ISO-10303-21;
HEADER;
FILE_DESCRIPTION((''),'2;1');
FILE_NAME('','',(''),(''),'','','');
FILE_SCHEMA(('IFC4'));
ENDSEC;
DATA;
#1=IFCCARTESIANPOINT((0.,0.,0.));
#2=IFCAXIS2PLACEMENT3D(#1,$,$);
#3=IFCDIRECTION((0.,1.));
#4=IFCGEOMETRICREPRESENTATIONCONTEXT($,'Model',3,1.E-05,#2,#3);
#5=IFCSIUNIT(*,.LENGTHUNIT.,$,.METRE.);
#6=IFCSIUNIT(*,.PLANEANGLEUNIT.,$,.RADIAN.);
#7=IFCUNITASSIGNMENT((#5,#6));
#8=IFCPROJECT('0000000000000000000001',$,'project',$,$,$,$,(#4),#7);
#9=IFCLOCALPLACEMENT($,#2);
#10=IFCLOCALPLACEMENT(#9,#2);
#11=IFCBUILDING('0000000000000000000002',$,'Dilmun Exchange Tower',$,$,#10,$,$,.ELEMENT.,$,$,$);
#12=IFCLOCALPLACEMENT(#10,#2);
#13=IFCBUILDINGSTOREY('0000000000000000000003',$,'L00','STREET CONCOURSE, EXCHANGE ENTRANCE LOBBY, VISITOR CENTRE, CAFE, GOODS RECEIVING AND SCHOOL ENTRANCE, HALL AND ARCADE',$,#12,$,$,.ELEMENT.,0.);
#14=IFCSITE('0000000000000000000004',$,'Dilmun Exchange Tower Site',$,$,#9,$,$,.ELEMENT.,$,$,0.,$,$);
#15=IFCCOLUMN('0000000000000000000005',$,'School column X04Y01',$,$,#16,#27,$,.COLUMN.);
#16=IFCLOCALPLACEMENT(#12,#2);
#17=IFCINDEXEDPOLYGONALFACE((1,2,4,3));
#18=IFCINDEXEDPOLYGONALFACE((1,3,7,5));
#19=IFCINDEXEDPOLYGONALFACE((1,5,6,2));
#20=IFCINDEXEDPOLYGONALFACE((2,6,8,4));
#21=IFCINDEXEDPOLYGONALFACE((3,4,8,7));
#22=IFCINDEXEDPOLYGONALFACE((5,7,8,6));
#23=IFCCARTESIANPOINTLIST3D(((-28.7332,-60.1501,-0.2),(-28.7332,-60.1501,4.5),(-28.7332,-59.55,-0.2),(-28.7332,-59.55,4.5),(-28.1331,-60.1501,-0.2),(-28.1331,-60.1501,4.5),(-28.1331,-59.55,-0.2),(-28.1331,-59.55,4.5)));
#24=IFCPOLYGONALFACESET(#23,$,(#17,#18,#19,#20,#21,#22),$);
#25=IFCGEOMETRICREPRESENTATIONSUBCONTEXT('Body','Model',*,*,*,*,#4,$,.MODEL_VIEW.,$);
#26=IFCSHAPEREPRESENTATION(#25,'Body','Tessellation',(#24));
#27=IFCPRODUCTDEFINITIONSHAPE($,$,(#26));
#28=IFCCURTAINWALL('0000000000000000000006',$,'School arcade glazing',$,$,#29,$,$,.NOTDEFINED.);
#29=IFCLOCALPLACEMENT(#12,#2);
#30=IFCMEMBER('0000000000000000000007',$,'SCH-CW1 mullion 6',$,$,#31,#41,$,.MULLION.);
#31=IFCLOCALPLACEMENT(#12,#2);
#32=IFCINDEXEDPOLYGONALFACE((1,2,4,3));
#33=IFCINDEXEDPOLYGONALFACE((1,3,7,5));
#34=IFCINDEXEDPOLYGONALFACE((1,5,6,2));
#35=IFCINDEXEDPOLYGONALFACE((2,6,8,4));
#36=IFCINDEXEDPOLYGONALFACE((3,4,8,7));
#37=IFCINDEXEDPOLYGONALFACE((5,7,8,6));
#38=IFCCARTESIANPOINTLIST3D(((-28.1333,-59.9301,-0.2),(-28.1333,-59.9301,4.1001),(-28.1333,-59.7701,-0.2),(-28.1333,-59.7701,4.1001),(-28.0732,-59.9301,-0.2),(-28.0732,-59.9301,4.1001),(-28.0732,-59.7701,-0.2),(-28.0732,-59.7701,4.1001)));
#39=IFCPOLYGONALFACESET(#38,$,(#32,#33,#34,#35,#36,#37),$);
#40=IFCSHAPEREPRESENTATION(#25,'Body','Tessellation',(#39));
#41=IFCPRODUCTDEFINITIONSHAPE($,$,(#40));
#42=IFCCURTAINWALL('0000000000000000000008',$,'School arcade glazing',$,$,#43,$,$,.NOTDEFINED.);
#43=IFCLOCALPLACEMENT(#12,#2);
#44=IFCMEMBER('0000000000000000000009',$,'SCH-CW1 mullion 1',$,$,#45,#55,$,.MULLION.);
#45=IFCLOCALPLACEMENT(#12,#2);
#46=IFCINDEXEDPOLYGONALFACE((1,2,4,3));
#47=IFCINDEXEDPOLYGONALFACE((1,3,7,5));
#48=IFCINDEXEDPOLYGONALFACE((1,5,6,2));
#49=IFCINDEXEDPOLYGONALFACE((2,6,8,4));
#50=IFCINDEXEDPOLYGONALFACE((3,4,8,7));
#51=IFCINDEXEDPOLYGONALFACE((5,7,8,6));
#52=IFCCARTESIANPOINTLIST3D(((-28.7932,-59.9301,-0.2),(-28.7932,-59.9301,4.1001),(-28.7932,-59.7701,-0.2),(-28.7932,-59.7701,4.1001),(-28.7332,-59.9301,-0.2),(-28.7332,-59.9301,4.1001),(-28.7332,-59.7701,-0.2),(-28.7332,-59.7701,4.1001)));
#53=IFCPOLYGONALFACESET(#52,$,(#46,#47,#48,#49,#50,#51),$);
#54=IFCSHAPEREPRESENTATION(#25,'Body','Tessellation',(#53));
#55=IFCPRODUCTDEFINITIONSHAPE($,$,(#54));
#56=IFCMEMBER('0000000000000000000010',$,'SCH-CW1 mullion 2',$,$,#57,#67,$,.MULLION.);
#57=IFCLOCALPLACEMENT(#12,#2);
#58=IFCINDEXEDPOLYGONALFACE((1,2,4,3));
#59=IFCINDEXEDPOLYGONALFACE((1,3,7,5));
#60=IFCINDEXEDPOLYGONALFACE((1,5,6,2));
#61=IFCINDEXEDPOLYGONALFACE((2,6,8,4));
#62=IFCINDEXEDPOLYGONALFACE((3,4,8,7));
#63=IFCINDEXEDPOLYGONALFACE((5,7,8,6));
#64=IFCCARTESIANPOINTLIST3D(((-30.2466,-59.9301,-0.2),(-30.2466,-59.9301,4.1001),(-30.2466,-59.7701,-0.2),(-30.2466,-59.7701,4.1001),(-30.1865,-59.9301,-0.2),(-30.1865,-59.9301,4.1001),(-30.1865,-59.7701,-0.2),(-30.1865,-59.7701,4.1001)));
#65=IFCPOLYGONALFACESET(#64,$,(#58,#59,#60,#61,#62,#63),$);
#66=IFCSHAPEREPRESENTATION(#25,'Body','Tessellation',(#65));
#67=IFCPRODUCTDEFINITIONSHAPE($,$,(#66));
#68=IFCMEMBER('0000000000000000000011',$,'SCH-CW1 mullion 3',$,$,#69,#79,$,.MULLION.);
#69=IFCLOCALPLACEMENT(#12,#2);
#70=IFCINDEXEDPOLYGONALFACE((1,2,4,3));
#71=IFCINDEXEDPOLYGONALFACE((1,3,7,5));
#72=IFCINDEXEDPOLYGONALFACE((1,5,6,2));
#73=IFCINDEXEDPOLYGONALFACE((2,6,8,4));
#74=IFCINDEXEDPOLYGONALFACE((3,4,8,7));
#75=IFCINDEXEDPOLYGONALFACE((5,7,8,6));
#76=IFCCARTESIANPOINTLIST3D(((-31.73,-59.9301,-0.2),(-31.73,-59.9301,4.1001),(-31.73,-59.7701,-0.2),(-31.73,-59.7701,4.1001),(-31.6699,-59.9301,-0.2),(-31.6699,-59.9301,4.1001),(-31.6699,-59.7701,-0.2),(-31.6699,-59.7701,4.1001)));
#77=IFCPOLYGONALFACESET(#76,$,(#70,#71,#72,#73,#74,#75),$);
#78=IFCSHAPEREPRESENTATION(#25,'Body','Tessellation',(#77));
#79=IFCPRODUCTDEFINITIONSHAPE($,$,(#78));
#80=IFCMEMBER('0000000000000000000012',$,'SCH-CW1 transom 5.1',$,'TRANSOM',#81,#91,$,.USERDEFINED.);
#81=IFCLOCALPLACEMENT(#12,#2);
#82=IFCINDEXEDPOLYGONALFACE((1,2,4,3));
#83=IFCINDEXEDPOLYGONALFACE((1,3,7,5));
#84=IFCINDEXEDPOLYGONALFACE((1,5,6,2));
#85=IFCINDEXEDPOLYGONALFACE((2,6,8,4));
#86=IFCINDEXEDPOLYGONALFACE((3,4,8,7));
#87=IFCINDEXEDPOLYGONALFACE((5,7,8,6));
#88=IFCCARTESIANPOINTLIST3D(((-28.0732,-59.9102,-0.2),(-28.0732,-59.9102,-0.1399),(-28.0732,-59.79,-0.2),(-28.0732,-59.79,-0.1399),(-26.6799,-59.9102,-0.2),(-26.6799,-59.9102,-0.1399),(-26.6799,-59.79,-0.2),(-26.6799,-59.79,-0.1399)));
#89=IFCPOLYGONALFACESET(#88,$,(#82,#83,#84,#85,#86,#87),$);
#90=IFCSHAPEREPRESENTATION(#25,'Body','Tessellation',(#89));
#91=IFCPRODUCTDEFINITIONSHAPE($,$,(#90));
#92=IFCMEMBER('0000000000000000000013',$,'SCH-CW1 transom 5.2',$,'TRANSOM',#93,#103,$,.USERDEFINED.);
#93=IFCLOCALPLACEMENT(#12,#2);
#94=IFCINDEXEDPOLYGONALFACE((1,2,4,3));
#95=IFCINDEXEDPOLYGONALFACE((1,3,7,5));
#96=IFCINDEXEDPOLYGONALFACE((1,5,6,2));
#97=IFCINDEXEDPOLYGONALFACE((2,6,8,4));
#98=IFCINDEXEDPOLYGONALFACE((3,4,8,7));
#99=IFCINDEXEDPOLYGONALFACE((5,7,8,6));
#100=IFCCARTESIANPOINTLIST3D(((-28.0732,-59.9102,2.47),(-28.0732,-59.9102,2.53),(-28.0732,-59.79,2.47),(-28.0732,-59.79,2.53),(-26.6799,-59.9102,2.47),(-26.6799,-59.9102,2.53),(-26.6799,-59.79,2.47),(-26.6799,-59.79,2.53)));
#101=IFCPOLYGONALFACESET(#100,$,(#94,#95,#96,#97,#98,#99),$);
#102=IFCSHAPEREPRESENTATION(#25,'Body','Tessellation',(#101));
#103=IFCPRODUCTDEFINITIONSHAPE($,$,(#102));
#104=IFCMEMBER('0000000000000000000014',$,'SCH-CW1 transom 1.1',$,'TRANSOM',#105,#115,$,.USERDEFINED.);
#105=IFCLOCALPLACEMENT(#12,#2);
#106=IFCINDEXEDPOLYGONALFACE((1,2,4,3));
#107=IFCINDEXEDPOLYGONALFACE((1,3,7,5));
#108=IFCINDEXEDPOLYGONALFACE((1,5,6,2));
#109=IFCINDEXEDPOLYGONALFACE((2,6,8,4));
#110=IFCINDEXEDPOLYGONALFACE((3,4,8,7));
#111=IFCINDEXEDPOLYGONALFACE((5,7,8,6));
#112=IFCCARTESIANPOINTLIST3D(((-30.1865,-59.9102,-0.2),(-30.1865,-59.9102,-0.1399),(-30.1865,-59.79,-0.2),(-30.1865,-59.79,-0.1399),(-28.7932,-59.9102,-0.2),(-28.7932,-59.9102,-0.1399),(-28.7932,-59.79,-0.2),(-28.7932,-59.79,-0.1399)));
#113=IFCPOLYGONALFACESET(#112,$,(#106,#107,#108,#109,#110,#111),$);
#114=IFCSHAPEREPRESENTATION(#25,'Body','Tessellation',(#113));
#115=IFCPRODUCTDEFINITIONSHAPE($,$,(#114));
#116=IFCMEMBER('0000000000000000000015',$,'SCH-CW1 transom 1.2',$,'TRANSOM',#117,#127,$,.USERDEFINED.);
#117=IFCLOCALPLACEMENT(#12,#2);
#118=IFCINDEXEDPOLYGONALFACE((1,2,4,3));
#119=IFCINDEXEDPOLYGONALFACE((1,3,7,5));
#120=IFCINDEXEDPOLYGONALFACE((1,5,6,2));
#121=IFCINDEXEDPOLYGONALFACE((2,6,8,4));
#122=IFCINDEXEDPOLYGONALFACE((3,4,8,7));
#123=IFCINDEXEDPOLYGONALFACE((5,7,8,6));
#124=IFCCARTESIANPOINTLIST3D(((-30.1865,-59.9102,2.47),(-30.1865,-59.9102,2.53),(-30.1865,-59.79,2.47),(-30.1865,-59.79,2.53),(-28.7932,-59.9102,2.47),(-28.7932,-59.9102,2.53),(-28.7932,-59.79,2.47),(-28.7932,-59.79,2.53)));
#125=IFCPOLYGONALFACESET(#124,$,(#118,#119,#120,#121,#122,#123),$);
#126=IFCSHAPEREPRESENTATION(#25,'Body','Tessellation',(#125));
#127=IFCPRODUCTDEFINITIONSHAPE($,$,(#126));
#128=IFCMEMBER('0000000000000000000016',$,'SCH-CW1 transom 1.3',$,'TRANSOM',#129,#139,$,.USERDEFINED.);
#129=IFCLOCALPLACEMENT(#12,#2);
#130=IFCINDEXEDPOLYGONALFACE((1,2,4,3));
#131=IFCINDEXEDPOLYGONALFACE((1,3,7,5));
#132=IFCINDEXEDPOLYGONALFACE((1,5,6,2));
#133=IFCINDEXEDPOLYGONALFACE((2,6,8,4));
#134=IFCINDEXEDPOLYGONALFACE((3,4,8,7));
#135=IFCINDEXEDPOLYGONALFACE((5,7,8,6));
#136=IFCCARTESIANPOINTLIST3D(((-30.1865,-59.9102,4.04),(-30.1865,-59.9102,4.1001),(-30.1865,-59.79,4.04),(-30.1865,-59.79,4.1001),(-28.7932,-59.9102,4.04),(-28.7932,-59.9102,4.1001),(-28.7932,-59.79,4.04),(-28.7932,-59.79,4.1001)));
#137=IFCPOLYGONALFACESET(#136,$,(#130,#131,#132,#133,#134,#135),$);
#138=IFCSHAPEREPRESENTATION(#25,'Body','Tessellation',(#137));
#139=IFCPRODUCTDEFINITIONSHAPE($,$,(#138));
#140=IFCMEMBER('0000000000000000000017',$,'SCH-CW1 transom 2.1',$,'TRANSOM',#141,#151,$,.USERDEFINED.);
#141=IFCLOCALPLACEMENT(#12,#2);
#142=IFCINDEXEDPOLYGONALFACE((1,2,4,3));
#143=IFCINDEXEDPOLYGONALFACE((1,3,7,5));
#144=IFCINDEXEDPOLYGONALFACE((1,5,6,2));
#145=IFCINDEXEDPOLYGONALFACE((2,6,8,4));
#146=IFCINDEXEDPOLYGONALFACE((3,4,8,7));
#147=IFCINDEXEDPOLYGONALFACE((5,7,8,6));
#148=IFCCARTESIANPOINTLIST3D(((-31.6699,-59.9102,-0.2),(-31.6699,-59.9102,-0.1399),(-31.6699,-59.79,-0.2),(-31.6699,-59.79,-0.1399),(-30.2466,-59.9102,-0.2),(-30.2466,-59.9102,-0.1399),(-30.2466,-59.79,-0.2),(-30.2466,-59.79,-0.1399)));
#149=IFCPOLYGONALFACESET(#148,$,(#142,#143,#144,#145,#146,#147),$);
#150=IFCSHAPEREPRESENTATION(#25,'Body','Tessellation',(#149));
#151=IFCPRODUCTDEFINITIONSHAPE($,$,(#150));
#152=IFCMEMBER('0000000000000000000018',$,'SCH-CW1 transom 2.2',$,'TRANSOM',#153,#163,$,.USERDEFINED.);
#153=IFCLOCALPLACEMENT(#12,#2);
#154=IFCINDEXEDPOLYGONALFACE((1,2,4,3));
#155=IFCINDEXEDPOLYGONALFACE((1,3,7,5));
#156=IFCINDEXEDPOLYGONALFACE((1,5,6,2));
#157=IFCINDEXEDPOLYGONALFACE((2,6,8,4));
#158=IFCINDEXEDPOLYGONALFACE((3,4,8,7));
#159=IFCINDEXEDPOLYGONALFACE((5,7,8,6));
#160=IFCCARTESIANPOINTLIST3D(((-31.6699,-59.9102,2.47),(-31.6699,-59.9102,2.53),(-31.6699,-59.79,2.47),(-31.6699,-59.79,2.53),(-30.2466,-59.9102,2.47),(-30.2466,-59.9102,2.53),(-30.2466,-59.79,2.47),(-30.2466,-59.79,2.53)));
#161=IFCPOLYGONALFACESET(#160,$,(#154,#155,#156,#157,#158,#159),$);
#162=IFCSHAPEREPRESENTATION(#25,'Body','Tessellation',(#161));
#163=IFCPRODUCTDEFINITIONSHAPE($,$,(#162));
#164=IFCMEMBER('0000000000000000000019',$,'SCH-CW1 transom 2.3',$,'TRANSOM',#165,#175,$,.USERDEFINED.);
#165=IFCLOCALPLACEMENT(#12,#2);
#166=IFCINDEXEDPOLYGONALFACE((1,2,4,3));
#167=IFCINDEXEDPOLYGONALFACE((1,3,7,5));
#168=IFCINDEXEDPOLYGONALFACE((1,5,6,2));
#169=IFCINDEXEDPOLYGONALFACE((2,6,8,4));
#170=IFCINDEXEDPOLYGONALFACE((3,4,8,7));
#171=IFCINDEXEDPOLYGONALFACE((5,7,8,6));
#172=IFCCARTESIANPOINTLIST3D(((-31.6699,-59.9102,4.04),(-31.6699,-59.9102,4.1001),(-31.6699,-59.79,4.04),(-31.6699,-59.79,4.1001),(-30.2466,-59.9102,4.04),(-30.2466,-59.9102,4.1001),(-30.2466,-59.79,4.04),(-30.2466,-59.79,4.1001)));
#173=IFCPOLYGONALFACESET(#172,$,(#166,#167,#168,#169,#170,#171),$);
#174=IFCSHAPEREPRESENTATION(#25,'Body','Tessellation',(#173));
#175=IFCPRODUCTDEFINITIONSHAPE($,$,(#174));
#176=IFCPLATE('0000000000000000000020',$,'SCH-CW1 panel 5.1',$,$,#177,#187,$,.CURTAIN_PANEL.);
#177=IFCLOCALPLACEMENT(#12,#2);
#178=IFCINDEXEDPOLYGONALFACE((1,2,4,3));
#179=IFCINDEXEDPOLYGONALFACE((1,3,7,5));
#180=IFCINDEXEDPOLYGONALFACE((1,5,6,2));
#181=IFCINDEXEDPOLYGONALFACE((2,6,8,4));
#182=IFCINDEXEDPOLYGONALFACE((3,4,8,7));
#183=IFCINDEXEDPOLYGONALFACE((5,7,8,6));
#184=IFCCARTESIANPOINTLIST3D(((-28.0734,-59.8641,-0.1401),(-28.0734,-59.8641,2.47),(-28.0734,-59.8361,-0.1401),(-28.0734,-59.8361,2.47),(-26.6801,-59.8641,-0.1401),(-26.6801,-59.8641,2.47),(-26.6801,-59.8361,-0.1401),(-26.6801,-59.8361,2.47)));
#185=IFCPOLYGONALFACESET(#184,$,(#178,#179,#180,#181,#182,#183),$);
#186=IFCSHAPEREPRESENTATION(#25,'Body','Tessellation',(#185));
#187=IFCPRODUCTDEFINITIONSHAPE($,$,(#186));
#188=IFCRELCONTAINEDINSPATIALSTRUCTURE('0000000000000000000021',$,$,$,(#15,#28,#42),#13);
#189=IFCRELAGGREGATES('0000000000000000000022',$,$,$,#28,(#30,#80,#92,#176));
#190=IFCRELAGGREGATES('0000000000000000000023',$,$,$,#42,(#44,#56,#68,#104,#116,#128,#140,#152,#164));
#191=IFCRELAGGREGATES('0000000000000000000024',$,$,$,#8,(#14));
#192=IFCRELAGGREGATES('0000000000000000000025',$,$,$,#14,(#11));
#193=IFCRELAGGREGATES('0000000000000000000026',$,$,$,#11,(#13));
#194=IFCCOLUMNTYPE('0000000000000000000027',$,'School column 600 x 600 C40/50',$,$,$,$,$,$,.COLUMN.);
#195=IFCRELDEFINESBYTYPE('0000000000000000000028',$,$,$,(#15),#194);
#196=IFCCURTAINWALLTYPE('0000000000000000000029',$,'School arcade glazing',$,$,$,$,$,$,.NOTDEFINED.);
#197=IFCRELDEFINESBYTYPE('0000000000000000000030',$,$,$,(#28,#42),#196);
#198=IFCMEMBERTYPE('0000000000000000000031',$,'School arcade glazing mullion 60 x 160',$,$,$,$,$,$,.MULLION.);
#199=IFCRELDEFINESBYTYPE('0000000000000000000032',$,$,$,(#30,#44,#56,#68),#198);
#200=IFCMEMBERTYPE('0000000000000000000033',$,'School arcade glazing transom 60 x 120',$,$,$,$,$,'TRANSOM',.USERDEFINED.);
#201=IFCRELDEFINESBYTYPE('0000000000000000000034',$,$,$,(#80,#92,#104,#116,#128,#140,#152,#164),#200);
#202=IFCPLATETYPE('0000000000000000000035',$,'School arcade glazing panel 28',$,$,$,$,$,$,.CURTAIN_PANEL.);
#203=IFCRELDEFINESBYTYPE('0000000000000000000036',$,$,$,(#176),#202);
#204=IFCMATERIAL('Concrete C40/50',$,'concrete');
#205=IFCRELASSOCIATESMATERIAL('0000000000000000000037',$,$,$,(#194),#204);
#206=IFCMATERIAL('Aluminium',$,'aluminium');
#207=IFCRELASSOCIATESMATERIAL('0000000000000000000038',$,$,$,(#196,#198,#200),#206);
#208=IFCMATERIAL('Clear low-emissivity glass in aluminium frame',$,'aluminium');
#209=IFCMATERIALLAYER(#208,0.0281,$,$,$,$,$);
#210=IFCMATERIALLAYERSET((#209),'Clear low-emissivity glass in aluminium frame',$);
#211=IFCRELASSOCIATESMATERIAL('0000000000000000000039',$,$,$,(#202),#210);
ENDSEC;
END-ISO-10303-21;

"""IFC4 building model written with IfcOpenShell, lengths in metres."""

from ifc_helpers import new_model, si_unit, direction, frame, origin, origin_2d, place, context, subcontext, project, spatial, rectangle, extrude, material, layer, layer_set, material_profile, profile_set, type_object, element, aggregate, save


model = new_model("IFC4")

# Units and contexts
model_context = context("Model", 3, precision=1e-05, world=origin(), true_north=direction((0.0, 1.0)))
body_context = subcontext(model_context, "Body", "Model", "MODEL_VIEW")
ifc_project = project(units=[si_unit("LENGTHUNIT", "METRE"), si_unit("PLANEANGLEUNIT", "RADIAN")], contexts=[model_context])

# Site, building, storey
site_placement = place(None, origin())
site = spatial("IfcSite", under=ifc_project, at=site_placement, Name="Dilmun Exchange Tower Site", CompositionType="ELEMENT", RefElevation=0.0)
building_placement = place(site_placement, origin())
building = spatial("IfcBuilding", under=site, at=building_placement, Name="Dilmun Exchange Tower", CompositionType="ELEMENT")
storey_placement = place(building_placement, origin())
storey = spatial("IfcBuildingStorey", under=building, at=storey_placement, Name="L00", Description="STREET CONCOURSE, EXCHANGE ENTRANCE LOBBY, VISITOR CENTRE, CAFE, GOODS RECEIVING AND SCHOOL ENTRANCE, HALL AND ARCADE", CompositionType="ELEMENT", Elevation=0.0)

# Column
ifc_material_1 = material(Name="Concrete C40/50", Category="concrete")
ifc_material_profile_1 = material_profile(ifc_material_1, rectangle(XDim=0.6001, YDim=0.6001, at=origin_2d()), Name="600 x 600")
ifc_profile_set_1 = profile_set([ifc_material_profile_1], Name="Concrete C40/50")
column_type = type_object("IfcColumnType", Name="School column 600 x 600 C40/50", PredefinedType="COLUMN", material=ifc_profile_set_1)
column_placement = place(storey_placement, frame((-28.4331, -59.8501, -0.2), z_axis=(0.0, 0.0, 1.0), x_axis=(1.0, 0.0, 0.0)))
element("IfcColumn", 1, at=column_placement, inside=storey, type_object=column_type, Name="School column X04Y01", PredefinedType="COLUMN", context=body_context, shape_type="SweptSolid", body=[
    extrude(rectangle(XDim=0.6001, YDim=0.6001, at=origin_2d()), origin(), (0.0, 0.0, 1.0), 4.7),
])

# Curtain wall, member
ifc_material_2 = material(Name="Aluminium", Category="aluminium")
curtain_wall_type = type_object("IfcCurtainWallType", Name="School arcade glazing", PredefinedType="NOTDEFINED", material=ifc_material_2)
curtain_wall_1_placement = place(storey_placement, origin())
curtain_wall_1 = element("IfcCurtainWall", 2, at=curtain_wall_1_placement, inside=storey, type_object=curtain_wall_type, Name="School arcade glazing", PredefinedType="NOTDEFINED")
ifc_material_profile_2 = material_profile(ifc_material_2, rectangle(XDim=0.1599, YDim=0.0601, at=origin_2d()), Name="60 x 160")
ifc_profile_set_2 = profile_set([ifc_material_profile_2], Name="Aluminium")
member_type_1 = type_object("IfcMemberType", Name="School arcade glazing mullion 60 x 160", PredefinedType="MULLION", material=ifc_profile_set_2)
member_1_placement = place(storey_placement, frame((-28.1033, -59.8501, -0.2), z_axis=(0.0, 0.0, 1.0), x_axis=(0.0, -1.0, 0.0)))
member_1 = element("IfcMember", 3, at=member_1_placement, type_object=member_type_1, Name="SCH-CW1 mullion 6", PredefinedType="MULLION", context=body_context, shape_type="SweptSolid", body=[
    extrude(rectangle(XDim=0.1599, YDim=0.0601, at=origin_2d()), origin(), (0.0, 0.0, 1.0), 4.3),
])

# Curtain wall, members
curtain_wall_2_placement = place(storey_placement, origin())
curtain_wall_2 = element("IfcCurtainWall", 4, at=curtain_wall_2_placement, inside=storey, type_object=curtain_wall_type, Name="School arcade glazing", PredefinedType="NOTDEFINED")
member_2_placement = place(storey_placement, frame((-28.7632, -59.8501, -0.2), z_axis=(0.0, 0.0, 1.0), x_axis=(0.0, -1.0, 0.0)))
member_2 = element("IfcMember", 5, at=member_2_placement, type_object=member_type_1, Name="SCH-CW1 mullion 1", PredefinedType="MULLION", context=body_context, shape_type="SweptSolid", body=[
    extrude(rectangle(XDim=0.1599, YDim=0.0601, at=origin_2d()), origin(), (0.0, 0.0, 1.0), 4.3),
])
member_3_placement = place(storey_placement, frame((-30.2166, -59.8501, -0.2), z_axis=(0.0, 0.0, 1.0), x_axis=(0.0, -1.0, 0.0)))
member_3 = element("IfcMember", 6, at=member_3_placement, type_object=member_type_1, Name="SCH-CW1 mullion 2", PredefinedType="MULLION", context=body_context, shape_type="SweptSolid", body=[
    extrude(rectangle(XDim=0.1599, YDim=0.0601, at=origin_2d()), origin(), (0.0, 0.0, 1.0), 4.3),
])
member_4_placement = place(storey_placement, frame((-31.7, -59.8501, -0.2), z_axis=(0.0, 0.0, 1.0), x_axis=(0.0, -1.0, 0.0)))
member_4 = element("IfcMember", 7, at=member_4_placement, type_object=member_type_1, Name="SCH-CW1 mullion 3", PredefinedType="MULLION", context=body_context, shape_type="SweptSolid", body=[
    extrude(rectangle(XDim=0.1599, YDim=0.0601, at=origin_2d()), origin(), (0.0, 0.0, 1.0), 4.3),
])

# Members
ifc_material_profile_3 = material_profile(ifc_material_2, rectangle(XDim=0.1201, YDim=0.0601, at=origin_2d()), Name="60 x 120")
ifc_profile_set_3 = profile_set([ifc_material_profile_3], Name="Aluminium")
member_type_2 = type_object("IfcMemberType", Name="School arcade glazing transom 60 x 120", ElementType="TRANSOM", PredefinedType="USERDEFINED", material=ifc_profile_set_3)
member_5_placement = place(storey_placement, frame((-26.6799, -59.8501, -0.1699), z_axis=(-1.0, 0.0, 0.0), x_axis=(0.0, -1.0, 0.0)))
member_5 = element("IfcMember", 8, at=member_5_placement, type_object=member_type_2, Name="SCH-CW1 transom 5.1", ObjectType="TRANSOM", PredefinedType="USERDEFINED", context=body_context, shape_type="SweptSolid", body=[
    extrude(rectangle(XDim=0.1201, YDim=0.0601, at=origin_2d()), origin(), (0.0, 0.0, 1.0), 1.3933),
])
member_6_placement = place(storey_placement, frame((-26.6799, -59.8501, 2.5), z_axis=(-1.0, 0.0, 0.0), x_axis=(0.0, -1.0, 0.0)))
member_6 = element("IfcMember", 9, at=member_6_placement, type_object=member_type_2, Name="SCH-CW1 transom 5.2", ObjectType="TRANSOM", PredefinedType="USERDEFINED", context=body_context, shape_type="SweptSolid", body=[
    extrude(rectangle(XDim=0.1201, YDim=0.0601, at=origin_2d()), origin(), (0.0, 0.0, 1.0), 1.3933),
])
member_7_placement = place(storey_placement, frame((-28.7932, -59.8501, -0.1699), z_axis=(-1.0, 0.0, 0.0), x_axis=(0.0, -1.0, 0.0)))
member_7 = element("IfcMember", 10, at=member_7_placement, type_object=member_type_2, Name="SCH-CW1 transom 1.1", ObjectType="TRANSOM", PredefinedType="USERDEFINED", context=body_context, shape_type="SweptSolid", body=[
    extrude(rectangle(XDim=0.1201, YDim=0.0601, at=origin_2d()), origin(), (0.0, 0.0, 1.0), 1.3933),
])
member_8_placement = place(storey_placement, frame((-28.7932, -59.8501, 2.5), z_axis=(-1.0, 0.0, 0.0), x_axis=(0.0, -1.0, 0.0)))
member_8 = element("IfcMember", 11, at=member_8_placement, type_object=member_type_2, Name="SCH-CW1 transom 1.2", ObjectType="TRANSOM", PredefinedType="USERDEFINED", context=body_context, shape_type="SweptSolid", body=[
    extrude(rectangle(XDim=0.1201, YDim=0.0601, at=origin_2d()), origin(), (0.0, 0.0, 1.0), 1.3933),
])
member_9_placement = place(storey_placement, frame((-28.7932, -59.8501, 4.0701), z_axis=(-1.0, 0.0, 0.0), x_axis=(0.0, -1.0, 0.0)))
member_9 = element("IfcMember", 12, at=member_9_placement, type_object=member_type_2, Name="SCH-CW1 transom 1.3", ObjectType="TRANSOM", PredefinedType="USERDEFINED", context=body_context, shape_type="SweptSolid", body=[
    extrude(rectangle(XDim=0.1201, YDim=0.0601, at=origin_2d()), origin(), (0.0, 0.0, 1.0), 1.3933),
])
member_10_placement = place(storey_placement, frame((-30.2466, -59.8501, -0.1699), z_axis=(-1.0, 0.0, 0.0), x_axis=(0.0, -1.0, 0.0)))
member_10 = element("IfcMember", 13, at=member_10_placement, type_object=member_type_2, Name="SCH-CW1 transom 2.1", ObjectType="TRANSOM", PredefinedType="USERDEFINED", context=body_context, shape_type="SweptSolid", body=[
    extrude(rectangle(XDim=0.1201, YDim=0.0601, at=origin_2d()), origin(), (0.0, 0.0, 1.0), 1.4233),
])
member_11_placement = place(storey_placement, frame((-30.2466, -59.8501, 2.5), z_axis=(-1.0, 0.0, 0.0), x_axis=(0.0, -1.0, 0.0)))
member_11 = element("IfcMember", 14, at=member_11_placement, type_object=member_type_2, Name="SCH-CW1 transom 2.2", ObjectType="TRANSOM", PredefinedType="USERDEFINED", context=body_context, shape_type="SweptSolid", body=[
    extrude(rectangle(XDim=0.1201, YDim=0.0601, at=origin_2d()), origin(), (0.0, 0.0, 1.0), 1.4233),
])
member_12_placement = place(storey_placement, frame((-30.2466, -59.8501, 4.0701), z_axis=(-1.0, 0.0, 0.0), x_axis=(0.0, -1.0, 0.0)))
member_12 = element("IfcMember", 15, at=member_12_placement, type_object=member_type_2, Name="SCH-CW1 transom 2.3", ObjectType="TRANSOM", PredefinedType="USERDEFINED", context=body_context, shape_type="SweptSolid", body=[
    extrude(rectangle(XDim=0.1201, YDim=0.0601, at=origin_2d()), origin(), (0.0, 0.0, 1.0), 1.4233),
])

# Plate
ifc_material_3 = material(Name="Clear low-emissivity glass in aluminium frame", Category="aluminium")
ifc_layer = layer(ifc_material_3, 0.0281)
ifc_layer_set = layer_set([ifc_layer], Name="Clear low-emissivity glass in aluminium frame")
plate_type = type_object("IfcPlateType", Name="School arcade glazing panel 28", PredefinedType="CURTAIN_PANEL", material=ifc_layer_set)
plate_1_placement = place(storey_placement, frame((-27.3767, -59.8501, -0.1401), z_axis=(0.0, 0.0, 1.0), x_axis=(-1.0, 0.0, 0.0)))
plate_1 = element("IfcPlate", 16, at=plate_1_placement, type_object=plate_type, Name="SCH-CW1 panel 5.1", PredefinedType="CURTAIN_PANEL", context=body_context, shape_type="SweptSolid", body=[
    extrude(rectangle(XDim=1.3933, YDim=0.0281, at=origin_2d()), origin(), (0.0, 0.0, 1.0), 2.6101),
])
aggregate(curtain_wall_1, [member_1, member_5, member_6, plate_1])
aggregate(curtain_wall_2, [member_2, member_3, member_4, member_7, member_8, member_9, member_10, member_11, member_12])

save(model, "model.ifc")
